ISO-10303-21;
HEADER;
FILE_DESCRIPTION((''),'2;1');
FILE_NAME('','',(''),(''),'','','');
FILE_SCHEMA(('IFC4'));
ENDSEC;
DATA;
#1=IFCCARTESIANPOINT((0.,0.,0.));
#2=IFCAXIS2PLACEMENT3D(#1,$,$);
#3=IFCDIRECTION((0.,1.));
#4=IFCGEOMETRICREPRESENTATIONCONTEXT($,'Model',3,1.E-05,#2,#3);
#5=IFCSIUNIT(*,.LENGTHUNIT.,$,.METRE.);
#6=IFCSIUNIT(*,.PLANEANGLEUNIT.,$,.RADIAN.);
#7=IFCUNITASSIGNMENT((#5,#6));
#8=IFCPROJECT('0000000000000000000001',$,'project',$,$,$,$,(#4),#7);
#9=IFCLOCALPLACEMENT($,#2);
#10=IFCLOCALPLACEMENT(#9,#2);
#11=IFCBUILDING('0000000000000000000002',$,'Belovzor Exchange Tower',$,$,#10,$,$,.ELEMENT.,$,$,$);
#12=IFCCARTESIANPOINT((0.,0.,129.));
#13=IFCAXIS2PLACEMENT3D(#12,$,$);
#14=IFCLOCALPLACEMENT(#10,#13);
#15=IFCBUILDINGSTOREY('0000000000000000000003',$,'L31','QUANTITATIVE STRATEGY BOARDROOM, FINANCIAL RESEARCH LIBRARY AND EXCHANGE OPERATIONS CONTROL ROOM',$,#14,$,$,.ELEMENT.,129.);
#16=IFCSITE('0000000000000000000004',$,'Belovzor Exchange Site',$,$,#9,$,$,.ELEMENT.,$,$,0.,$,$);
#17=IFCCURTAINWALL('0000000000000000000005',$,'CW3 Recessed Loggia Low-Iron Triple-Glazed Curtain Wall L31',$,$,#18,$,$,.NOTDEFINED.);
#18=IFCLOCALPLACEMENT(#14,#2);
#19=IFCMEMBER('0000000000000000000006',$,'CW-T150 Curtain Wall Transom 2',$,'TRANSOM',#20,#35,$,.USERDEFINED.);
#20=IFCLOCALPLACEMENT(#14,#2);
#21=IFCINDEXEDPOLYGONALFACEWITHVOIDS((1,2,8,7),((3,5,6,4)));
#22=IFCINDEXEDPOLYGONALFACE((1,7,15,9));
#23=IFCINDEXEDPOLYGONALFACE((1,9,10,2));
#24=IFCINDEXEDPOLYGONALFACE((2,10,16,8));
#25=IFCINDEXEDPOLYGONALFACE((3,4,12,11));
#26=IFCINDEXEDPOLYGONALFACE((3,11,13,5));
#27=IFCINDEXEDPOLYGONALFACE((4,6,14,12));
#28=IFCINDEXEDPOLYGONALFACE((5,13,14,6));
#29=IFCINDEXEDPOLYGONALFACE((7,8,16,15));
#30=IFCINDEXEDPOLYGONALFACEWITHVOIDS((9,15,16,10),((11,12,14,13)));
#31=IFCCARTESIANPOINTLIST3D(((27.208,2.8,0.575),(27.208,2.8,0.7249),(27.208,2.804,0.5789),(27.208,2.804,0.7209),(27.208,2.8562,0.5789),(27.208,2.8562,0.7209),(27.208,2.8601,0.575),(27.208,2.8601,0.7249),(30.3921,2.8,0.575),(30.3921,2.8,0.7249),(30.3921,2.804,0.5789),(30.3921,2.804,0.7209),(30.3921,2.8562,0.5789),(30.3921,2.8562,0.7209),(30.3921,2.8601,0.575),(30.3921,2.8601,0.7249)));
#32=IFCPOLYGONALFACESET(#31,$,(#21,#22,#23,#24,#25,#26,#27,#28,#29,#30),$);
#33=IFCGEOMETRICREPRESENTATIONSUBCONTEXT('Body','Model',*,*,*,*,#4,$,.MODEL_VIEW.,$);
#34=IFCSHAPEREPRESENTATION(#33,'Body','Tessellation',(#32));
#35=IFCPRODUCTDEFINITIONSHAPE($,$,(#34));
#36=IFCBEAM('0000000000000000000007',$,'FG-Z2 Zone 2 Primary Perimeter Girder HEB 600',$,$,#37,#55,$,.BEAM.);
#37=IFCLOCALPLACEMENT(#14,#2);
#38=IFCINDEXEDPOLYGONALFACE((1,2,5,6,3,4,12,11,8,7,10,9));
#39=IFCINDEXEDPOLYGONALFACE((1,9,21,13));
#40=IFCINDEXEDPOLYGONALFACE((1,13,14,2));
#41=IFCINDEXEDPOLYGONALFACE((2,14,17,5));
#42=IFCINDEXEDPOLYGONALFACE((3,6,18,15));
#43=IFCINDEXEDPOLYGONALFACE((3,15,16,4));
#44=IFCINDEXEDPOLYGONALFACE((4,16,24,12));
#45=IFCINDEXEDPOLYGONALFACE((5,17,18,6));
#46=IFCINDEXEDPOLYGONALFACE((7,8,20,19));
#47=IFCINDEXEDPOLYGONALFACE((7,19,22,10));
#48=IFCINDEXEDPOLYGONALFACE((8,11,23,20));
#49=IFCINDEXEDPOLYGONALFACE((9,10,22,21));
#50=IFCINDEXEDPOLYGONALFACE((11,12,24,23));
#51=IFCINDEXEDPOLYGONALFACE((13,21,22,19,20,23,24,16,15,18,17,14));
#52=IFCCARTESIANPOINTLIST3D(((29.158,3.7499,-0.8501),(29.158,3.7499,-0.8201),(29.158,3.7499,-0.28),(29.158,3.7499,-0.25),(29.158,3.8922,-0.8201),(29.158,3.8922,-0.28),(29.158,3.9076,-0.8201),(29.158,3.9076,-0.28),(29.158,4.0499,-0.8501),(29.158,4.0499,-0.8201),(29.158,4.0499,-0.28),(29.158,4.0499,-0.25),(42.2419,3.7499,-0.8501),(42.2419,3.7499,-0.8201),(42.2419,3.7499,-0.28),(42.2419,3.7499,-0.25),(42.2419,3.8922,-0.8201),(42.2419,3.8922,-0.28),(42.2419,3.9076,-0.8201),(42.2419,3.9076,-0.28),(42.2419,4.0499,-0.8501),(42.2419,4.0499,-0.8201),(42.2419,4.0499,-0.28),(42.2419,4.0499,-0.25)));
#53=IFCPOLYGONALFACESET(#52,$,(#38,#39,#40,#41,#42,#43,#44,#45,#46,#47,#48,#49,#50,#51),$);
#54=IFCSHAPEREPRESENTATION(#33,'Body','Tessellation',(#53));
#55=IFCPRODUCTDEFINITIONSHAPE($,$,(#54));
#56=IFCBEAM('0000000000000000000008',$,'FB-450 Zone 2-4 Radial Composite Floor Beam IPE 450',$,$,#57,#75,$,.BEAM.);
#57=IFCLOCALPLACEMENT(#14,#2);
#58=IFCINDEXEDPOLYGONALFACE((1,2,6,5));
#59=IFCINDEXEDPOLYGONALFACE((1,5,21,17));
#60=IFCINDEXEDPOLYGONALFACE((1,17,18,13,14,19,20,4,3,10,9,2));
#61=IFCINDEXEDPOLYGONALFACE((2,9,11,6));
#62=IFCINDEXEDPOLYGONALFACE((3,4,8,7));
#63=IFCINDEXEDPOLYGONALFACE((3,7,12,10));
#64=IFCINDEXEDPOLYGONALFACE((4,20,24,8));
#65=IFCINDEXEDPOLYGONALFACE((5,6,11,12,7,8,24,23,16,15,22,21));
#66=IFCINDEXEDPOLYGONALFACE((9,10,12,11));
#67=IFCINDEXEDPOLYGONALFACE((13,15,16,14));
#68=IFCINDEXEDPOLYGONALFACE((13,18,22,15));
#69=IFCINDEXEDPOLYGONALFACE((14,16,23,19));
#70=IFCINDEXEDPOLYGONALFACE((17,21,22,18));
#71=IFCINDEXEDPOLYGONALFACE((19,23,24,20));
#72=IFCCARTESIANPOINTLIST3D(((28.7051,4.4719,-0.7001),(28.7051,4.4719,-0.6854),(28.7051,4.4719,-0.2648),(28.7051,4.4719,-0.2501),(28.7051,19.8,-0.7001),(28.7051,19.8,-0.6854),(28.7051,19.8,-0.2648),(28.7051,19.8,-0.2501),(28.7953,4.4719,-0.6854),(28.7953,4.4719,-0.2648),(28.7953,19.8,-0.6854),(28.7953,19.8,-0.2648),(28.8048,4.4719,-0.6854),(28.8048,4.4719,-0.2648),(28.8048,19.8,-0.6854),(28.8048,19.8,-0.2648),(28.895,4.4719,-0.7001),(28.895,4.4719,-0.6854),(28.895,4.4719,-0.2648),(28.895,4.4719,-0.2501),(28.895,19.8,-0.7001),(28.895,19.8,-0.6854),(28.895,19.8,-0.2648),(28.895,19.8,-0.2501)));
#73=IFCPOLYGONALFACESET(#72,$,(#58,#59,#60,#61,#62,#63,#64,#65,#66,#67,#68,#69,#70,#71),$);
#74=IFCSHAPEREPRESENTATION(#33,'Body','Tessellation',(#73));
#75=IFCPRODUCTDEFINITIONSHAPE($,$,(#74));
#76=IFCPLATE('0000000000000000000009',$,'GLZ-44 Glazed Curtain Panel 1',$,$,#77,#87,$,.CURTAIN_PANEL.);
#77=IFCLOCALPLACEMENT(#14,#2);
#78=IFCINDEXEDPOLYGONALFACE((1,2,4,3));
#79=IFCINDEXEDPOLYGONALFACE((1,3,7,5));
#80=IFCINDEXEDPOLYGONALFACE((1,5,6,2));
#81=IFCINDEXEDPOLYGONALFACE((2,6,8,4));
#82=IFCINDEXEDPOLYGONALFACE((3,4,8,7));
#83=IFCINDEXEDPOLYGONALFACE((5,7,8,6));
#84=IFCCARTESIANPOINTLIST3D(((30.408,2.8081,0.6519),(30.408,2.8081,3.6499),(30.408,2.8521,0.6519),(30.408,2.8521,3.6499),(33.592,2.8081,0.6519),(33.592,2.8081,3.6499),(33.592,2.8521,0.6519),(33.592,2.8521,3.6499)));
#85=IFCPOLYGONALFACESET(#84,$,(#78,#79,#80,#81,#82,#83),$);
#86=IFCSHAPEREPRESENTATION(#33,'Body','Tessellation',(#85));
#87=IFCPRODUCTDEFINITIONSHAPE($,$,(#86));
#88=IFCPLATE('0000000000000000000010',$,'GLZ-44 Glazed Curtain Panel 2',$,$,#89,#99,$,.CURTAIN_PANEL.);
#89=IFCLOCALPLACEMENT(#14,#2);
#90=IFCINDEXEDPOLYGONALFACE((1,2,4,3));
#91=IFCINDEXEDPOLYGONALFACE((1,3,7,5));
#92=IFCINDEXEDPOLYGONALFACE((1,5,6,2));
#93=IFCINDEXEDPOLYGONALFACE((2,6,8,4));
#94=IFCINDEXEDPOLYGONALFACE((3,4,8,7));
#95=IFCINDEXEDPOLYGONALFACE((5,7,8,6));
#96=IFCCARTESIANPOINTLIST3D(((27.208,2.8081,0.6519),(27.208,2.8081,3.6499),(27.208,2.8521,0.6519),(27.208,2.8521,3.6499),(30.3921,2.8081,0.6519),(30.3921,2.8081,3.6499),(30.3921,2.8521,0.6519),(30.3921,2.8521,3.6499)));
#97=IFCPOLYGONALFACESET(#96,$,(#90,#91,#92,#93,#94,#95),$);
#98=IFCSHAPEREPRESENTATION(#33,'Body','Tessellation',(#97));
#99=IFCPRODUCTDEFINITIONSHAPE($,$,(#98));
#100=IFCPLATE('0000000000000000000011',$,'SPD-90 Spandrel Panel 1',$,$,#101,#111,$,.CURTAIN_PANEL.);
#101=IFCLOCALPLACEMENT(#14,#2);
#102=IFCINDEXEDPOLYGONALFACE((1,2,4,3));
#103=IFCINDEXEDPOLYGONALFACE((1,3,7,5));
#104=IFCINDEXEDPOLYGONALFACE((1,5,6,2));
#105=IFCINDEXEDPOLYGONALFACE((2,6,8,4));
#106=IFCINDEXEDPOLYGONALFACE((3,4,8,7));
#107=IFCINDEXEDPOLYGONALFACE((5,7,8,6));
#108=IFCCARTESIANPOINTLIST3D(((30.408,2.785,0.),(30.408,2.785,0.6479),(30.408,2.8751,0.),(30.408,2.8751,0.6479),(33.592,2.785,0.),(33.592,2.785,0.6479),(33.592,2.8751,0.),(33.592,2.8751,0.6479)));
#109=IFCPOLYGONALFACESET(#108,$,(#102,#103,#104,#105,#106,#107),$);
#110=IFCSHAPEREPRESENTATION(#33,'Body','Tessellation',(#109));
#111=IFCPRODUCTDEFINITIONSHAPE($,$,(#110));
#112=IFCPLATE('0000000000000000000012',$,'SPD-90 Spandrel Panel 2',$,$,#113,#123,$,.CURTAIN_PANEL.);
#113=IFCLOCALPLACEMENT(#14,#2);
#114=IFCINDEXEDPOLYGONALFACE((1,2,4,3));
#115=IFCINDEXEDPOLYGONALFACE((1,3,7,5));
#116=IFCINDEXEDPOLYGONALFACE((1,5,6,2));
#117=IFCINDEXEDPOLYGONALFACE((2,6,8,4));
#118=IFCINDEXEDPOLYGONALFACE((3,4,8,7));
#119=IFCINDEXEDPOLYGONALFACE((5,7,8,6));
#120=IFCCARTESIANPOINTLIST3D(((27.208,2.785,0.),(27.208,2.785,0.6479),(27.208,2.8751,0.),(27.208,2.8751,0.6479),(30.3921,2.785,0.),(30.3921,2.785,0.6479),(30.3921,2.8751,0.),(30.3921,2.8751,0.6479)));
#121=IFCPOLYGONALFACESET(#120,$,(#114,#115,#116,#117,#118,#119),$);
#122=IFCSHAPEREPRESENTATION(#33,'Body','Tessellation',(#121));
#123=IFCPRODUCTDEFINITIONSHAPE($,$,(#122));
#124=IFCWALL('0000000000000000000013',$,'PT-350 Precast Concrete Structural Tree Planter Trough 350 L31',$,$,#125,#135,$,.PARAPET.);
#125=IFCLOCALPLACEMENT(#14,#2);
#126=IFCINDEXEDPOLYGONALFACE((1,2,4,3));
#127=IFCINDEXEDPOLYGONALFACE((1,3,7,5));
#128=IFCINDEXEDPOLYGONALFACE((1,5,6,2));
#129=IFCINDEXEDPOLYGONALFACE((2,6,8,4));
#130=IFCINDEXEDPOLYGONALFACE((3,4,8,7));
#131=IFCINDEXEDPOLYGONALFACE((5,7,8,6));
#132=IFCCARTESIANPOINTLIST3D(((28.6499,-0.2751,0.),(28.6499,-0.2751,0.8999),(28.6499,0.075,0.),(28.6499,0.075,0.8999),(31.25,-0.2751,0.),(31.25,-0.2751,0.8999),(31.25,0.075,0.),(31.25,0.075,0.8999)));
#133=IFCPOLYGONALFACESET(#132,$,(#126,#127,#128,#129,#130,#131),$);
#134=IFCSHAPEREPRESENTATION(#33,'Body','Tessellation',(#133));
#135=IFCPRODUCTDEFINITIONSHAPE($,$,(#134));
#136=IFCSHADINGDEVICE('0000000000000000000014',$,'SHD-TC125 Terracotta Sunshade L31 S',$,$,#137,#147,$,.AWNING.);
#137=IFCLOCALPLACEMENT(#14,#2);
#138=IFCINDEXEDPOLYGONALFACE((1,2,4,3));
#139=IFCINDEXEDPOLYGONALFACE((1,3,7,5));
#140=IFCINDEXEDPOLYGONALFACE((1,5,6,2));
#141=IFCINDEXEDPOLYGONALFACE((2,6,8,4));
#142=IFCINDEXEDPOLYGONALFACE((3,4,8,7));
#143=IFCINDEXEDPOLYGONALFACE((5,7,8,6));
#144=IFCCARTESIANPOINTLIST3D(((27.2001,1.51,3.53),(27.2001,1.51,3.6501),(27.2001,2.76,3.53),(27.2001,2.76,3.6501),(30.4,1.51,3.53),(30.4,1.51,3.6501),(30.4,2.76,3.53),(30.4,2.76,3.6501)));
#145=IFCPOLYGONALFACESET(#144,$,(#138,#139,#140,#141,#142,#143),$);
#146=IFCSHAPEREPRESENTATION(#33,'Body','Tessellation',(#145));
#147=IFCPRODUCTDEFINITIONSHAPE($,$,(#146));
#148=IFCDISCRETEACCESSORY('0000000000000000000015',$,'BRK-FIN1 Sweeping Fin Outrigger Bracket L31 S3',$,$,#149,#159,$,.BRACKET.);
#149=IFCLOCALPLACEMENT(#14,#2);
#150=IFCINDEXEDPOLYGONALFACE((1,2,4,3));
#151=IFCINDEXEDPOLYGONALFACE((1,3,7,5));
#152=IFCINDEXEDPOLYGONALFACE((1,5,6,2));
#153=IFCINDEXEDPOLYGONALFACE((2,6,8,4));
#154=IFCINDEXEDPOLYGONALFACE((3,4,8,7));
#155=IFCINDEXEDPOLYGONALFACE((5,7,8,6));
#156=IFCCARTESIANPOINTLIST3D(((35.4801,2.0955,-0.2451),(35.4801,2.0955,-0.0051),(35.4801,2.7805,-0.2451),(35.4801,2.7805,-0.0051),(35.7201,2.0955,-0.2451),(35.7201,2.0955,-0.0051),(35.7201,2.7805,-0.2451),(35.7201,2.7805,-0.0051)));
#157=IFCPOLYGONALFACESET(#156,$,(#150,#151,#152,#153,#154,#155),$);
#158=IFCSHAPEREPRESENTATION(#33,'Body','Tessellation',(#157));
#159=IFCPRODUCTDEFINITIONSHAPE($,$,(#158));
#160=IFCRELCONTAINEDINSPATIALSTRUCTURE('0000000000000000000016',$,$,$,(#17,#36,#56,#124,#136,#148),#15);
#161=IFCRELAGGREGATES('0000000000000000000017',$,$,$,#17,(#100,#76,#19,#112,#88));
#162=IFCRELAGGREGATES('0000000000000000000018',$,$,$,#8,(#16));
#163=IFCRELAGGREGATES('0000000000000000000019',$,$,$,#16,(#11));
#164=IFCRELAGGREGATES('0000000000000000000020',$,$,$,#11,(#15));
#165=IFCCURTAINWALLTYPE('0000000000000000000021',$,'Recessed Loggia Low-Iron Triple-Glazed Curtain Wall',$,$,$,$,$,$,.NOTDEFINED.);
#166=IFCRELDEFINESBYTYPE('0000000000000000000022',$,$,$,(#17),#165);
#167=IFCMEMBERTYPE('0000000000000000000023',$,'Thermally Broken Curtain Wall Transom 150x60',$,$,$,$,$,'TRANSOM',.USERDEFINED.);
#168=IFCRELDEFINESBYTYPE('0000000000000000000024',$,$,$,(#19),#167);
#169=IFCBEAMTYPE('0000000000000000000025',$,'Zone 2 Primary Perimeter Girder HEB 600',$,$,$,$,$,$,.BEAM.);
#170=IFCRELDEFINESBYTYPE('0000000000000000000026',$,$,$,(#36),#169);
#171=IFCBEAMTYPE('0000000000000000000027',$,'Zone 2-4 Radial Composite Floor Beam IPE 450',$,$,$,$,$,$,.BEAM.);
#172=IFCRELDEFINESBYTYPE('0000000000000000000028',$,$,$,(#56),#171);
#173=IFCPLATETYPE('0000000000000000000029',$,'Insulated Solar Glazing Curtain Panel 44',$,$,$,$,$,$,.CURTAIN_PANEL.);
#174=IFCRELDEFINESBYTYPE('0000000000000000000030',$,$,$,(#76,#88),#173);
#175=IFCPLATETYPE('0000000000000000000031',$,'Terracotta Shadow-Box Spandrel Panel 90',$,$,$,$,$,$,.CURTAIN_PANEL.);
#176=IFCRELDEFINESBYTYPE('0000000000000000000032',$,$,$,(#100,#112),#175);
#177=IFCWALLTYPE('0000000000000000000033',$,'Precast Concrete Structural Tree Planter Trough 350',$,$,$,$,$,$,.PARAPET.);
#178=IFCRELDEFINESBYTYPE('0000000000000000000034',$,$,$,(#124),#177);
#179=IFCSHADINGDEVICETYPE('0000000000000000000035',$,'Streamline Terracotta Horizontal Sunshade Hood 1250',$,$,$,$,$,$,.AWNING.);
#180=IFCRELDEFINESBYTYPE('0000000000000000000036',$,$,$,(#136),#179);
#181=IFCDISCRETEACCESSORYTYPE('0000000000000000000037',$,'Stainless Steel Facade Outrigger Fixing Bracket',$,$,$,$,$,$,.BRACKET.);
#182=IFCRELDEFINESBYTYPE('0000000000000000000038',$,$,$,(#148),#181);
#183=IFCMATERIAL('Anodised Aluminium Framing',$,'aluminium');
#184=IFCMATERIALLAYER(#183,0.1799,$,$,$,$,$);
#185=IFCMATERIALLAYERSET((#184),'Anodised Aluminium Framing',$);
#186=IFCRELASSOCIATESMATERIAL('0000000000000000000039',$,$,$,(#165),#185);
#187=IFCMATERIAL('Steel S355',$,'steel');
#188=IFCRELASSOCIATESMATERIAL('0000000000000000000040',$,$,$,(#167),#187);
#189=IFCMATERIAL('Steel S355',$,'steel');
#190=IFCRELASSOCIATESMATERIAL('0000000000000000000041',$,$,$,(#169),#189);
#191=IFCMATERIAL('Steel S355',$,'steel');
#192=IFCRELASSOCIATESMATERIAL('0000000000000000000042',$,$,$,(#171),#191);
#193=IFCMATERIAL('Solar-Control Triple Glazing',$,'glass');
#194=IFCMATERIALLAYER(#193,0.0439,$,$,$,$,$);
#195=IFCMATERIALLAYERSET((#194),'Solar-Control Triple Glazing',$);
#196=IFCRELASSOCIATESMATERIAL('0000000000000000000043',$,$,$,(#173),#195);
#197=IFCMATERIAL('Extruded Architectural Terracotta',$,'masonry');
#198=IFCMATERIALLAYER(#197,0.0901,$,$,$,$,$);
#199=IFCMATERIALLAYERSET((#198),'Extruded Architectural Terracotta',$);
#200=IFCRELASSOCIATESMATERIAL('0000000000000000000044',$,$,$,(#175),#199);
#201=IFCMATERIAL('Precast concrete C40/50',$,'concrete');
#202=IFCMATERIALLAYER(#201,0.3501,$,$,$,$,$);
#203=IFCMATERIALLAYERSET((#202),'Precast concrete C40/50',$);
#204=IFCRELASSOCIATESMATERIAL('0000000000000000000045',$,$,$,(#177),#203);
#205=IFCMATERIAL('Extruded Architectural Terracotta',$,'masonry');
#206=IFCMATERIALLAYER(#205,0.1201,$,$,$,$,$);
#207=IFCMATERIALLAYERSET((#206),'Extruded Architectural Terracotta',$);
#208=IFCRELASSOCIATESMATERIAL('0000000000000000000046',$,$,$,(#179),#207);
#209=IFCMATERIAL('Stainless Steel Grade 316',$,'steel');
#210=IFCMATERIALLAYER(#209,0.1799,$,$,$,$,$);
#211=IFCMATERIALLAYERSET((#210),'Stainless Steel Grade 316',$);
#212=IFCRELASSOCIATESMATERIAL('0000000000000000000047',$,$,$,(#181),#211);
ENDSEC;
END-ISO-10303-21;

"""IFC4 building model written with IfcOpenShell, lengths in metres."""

from ifc_helpers import new_model, si_unit, direction, frame, frame_2d, origin, origin_2d, place, context, subcontext, project, spatial, rectangle, hollow_rectangle, i_section, extrude, material, layer, layer_set, material_profile, profile_set, type_object, element, aggregate, save


model = new_model("IFC4")

# Units and contexts
model_context = context("Model", 3, precision=1e-05, world=origin(), true_north=direction((0.0, 1.0)))
body_context = subcontext(model_context, "Body", "Model", "MODEL_VIEW")
ifc_project = project(units=[si_unit("LENGTHUNIT", "METRE"), si_unit("PLANEANGLEUNIT", "RADIAN")], contexts=[model_context])

# Site, building, storey
site_placement = place(None, origin())
site = spatial("IfcSite", under=ifc_project, at=site_placement, Name="Belovzor Exchange Site", CompositionType="ELEMENT", RefElevation=0.0)
building_placement = place(site_placement, origin())
building = spatial("IfcBuilding", under=site, at=building_placement, Name="Belovzor Exchange Tower", CompositionType="ELEMENT")
storey_placement = place(building_placement, frame((0.0, 0.0, 129.0)))
storey = spatial("IfcBuildingStorey", under=building, at=storey_placement, Name="L31", Description="QUANTITATIVE STRATEGY BOARDROOM, FINANCIAL RESEARCH LIBRARY AND EXCHANGE OPERATIONS CONTROL ROOM", CompositionType="ELEMENT", Elevation=129.0)

# Curtain wall, member
ifc_material_1 = material(Name="Anodised Aluminium Framing", Category="aluminium")
ifc_layer_1 = layer(ifc_material_1, 0.1799)
ifc_layer_set_1 = layer_set([ifc_layer_1], Name="Anodised Aluminium Framing")
curtain_wall_type = type_object("IfcCurtainWallType", Name="Recessed Loggia Low-Iron Triple-Glazed Curtain Wall", PredefinedType="NOTDEFINED", material=ifc_layer_set_1)
curtain_wall_placement = place(storey_placement, origin())
curtain_wall = element("IfcCurtainWall", 1, at=curtain_wall_placement, inside=storey, type_object=curtain_wall_type, Name="CW3 Recessed Loggia Low-Iron Triple-Glazed Curtain Wall L31", PredefinedType="NOTDEFINED")
ifc_material_2 = material(Name="Steel S355", Category="steel")
ifc_material_profile_1 = material_profile(ifc_material_2, hollow_rectangle(XDim=0.0601, YDim=0.1499, WallThickness=0.0039, at=origin_2d()))
ifc_profile_set_1 = profile_set([ifc_material_profile_1], Name="Steel S355")
member_type_1 = type_object("IfcMemberType", Name="Thermally Broken Curtain Wall Transom 150x60", ElementType="TRANSOM", PredefinedType="USERDEFINED", material=ifc_profile_set_1)
member_1_placement = place(storey_placement, frame((30.3921, 2.8301, 0.6499), z_axis=(-1.0, 0.0, 0.0), x_axis=(0.0, -1.0, 0.0)))
member_1 = element("IfcMember", 2, at=member_1_placement, type_object=member_type_1, Name="CW-T150 Curtain Wall Transom 2", ObjectType="TRANSOM", PredefinedType="USERDEFINED", context=body_context, shape_type="SweptSolid", body=[
    extrude(hollow_rectangle(XDim=0.0601, YDim=0.1499, WallThickness=0.0039, at=origin_2d()), origin(), (0.0, 0.0, 1.0), 3.1841),
])

# Beams
ifc_material_3 = material(Name="Steel S355", Category="steel")
ifc_material_profile_2 = material_profile(ifc_material_3, i_section(OverallWidth=0.3, OverallDepth=0.6001, WebThickness=0.0154, FlangeThickness=0.03, at=origin_2d()))
ifc_profile_set_2 = profile_set([ifc_material_profile_2], Name="Steel S355")
beam_type_1 = type_object("IfcBeamType", Name="Zone 2 Primary Perimeter Girder HEB 600", PredefinedType="BEAM", material=ifc_profile_set_2)
beam_1_placement = place(storey_placement, frame((29.158, 3.8999, -0.55), z_axis=(1.0, 0.0, 0.0), x_axis=(0.0, 1.0, 0.0)))
element("IfcBeam", 3, at=beam_1_placement, inside=storey, type_object=beam_type_1, Name="FG-Z2 Zone 2 Primary Perimeter Girder HEB 600", PredefinedType="BEAM", context=body_context, shape_type="SweptSolid", body=[
    extrude(i_section(OverallWidth=0.3, OverallDepth=0.6001, WebThickness=0.0154, FlangeThickness=0.03, at=origin_2d()), origin(), (0.0, 0.0, 1.0), 13.084),
])
ifc_material_4 = material(Name="Steel S355", Category="steel")
ifc_material_profile_3 = material_profile(ifc_material_4, i_section(OverallWidth=0.1899, OverallDepth=0.45, WebThickness=0.0095, FlangeThickness=0.0146, at=origin_2d()))
ifc_profile_set_3 = profile_set([ifc_material_profile_3], Name="Steel S355")
beam_type_2 = type_object("IfcBeamType", Name="Zone 2-4 Radial Composite Floor Beam IPE 450", PredefinedType="BEAM", material=ifc_profile_set_3)
beam_2_placement = place(storey_placement, frame((28.8, 19.8, -0.4751), z_axis=(0.0, -1.0, 0.0), x_axis=(1.0, 0.0, 0.0)))
element("IfcBeam", 4, at=beam_2_placement, inside=storey, type_object=beam_type_2, Name="FB-450 Zone 2-4 Radial Composite Floor Beam IPE 450", PredefinedType="BEAM", context=body_context, shape_type="SweptSolid", body=[
    extrude(i_section(OverallWidth=0.1899, OverallDepth=0.45, WebThickness=0.0095, FlangeThickness=0.0146, at=origin_2d()), origin(), (0.0, 0.0, 1.0), 15.3281),
])

# Plates
ifc_material_5 = material(Name="Solar-Control Triple Glazing", Category="glass")
ifc_layer_2 = layer(ifc_material_5, 0.0439)
ifc_layer_set_2 = layer_set([ifc_layer_2], Name="Solar-Control Triple Glazing")
plate_type_1 = type_object("IfcPlateType", Name="Insulated Solar Glazing Curtain Panel 44", PredefinedType="CURTAIN_PANEL", material=ifc_layer_set_2)
plate_1_placement = place(storey_placement, frame((32.0, 2.8301, 0.6519), z_axis=(0.0, 0.0, 1.0), x_axis=(-1.0, 0.0, 0.0)))
plate_1 = element("IfcPlate", 5, at=plate_1_placement, type_object=plate_type_1, Name="GLZ-44 Glazed Curtain Panel 1", PredefinedType="CURTAIN_PANEL", context=body_context, shape_type="SweptSolid", body=[
    extrude(rectangle(XDim=3.1841, YDim=0.0439, at=origin_2d()), origin(), (0.0, 0.0, 1.0), 2.998),
])
plate_2_placement = place(storey_placement, frame((28.8, 2.8301, 0.6519), z_axis=(0.0, 0.0, 1.0), x_axis=(-1.0, 0.0, 0.0)))
plate_2 = element("IfcPlate", 6, at=plate_2_placement, type_object=plate_type_1, Name="GLZ-44 Glazed Curtain Panel 2", PredefinedType="CURTAIN_PANEL", context=body_context, shape_type="SweptSolid", body=[
    extrude(rectangle(XDim=3.1841, YDim=0.0439, at=origin_2d()), origin(), (0.0, 0.0, 1.0), 2.998),
])
ifc_material_6 = material(Name="Extruded Architectural Terracotta", Category="masonry")
ifc_layer_3 = layer(ifc_material_6, 0.0901)
ifc_layer_set_3 = layer_set([ifc_layer_3], Name="Extruded Architectural Terracotta")
plate_type_2 = type_object("IfcPlateType", Name="Terracotta Shadow-Box Spandrel Panel 90", PredefinedType="CURTAIN_PANEL", material=ifc_layer_set_3)
plate_3_placement = place(storey_placement, frame((32.0, 2.8301, 0.0), z_axis=(0.0, 0.0, 1.0), x_axis=(-1.0, 0.0, 0.0)))
plate_3 = element("IfcPlate", 7, at=plate_3_placement, type_object=plate_type_2, Name="SPD-90 Spandrel Panel 1", PredefinedType="CURTAIN_PANEL", context=body_context, shape_type="SweptSolid", body=[
    extrude(rectangle(XDim=3.1841, YDim=0.0901, at=origin_2d()), origin(), (0.0, 0.0, 1.0), 0.6479),
])
plate_4_placement = place(storey_placement, frame((28.8, 2.8301, 0.0), z_axis=(0.0, 0.0, 1.0), x_axis=(-1.0, 0.0, 0.0)))
plate_4 = element("IfcPlate", 8, at=plate_4_placement, type_object=plate_type_2, Name="SPD-90 Spandrel Panel 2", PredefinedType="CURTAIN_PANEL", context=body_context, shape_type="SweptSolid", body=[
    extrude(rectangle(XDim=3.1841, YDim=0.0901, at=origin_2d()), origin(), (0.0, 0.0, 1.0), 0.6479),
])
aggregate(curtain_wall, [plate_3, plate_1, member_1, plate_4, plate_2])

# Wall
ifc_material_7 = material(Name="Precast concrete C40/50", Category="concrete")
ifc_layer_4 = layer(ifc_material_7, 0.3501)
ifc_layer_set_4 = layer_set([ifc_layer_4], Name="Precast concrete C40/50")
wall_type = type_object("IfcWallType", Name="Precast Concrete Structural Tree Planter Trough 350", PredefinedType="PARAPET", material=ifc_layer_set_4)
wall_placement = place(storey_placement, frame((28.6499, -0.1001, 0.0), z_axis=(0.0, 0.0, 1.0), x_axis=(1.0, 0.0, 0.0)))
element("IfcWall", 9, at=wall_placement, inside=storey, type_object=wall_type, Name="PT-350 Precast Concrete Structural Tree Planter Trough 350 L31", PredefinedType="PARAPET", context=body_context, shape_type="SweptSolid", body=[
    extrude(rectangle(XDim=2.6001, YDim=0.3501, at=frame_2d((1.3, 0.0))), origin(), (0.0, 0.0, 1.0), 0.8999),
])

# Shading device
ifc_material_8 = material(Name="Extruded Architectural Terracotta", Category="masonry")
ifc_layer_5 = layer(ifc_material_8, 0.1201)
ifc_layer_set_5 = layer_set([ifc_layer_5], Name="Extruded Architectural Terracotta")
shading_device_type = type_object("IfcShadingDeviceType", Name="Streamline Terracotta Horizontal Sunshade Hood 1250", PredefinedType="AWNING", material=ifc_layer_set_5)
shading_device_placement = place(storey_placement, frame((28.8, 2.135, 3.53), z_axis=(0.0, 0.0, 1.0), x_axis=(1.0, 0.0, 0.0)))
element("IfcShadingDevice", 10, at=shading_device_placement, inside=storey, type_object=shading_device_type, Name="SHD-TC125 Terracotta Sunshade L31 S", PredefinedType="AWNING", context=body_context, shape_type="SweptSolid", body=[
    extrude(rectangle(XDim=3.2, YDim=1.25, at=origin_2d()), origin(), (0.0, 0.0, 1.0), 0.1201),
])

# Discrete accessory
ifc_material_9 = material(Name="Stainless Steel Grade 316", Category="steel")
ifc_layer_6 = layer(ifc_material_9, 0.1799)
ifc_layer_set_6 = layer_set([ifc_layer_6], Name="Stainless Steel Grade 316")
discrete_accessory_type = type_object("IfcDiscreteAccessoryType", Name="Stainless Steel Facade Outrigger Fixing Bracket", PredefinedType="BRACKET", material=ifc_layer_set_6)
discrete_accessory_placement = place(storey_placement, frame((35.6001, 2.438, -0.2451), z_axis=(0.0, 0.0, 1.0), x_axis=(0.0, 1.0, 0.0)))
element("IfcDiscreteAccessory", 11, at=discrete_accessory_placement, inside=storey, type_object=discrete_accessory_type, Name="BRK-FIN1 Sweeping Fin Outrigger Bracket L31 S3", PredefinedType="BRACKET", context=body_context, shape_type="SweptSolid", body=[
    extrude(rectangle(XDim=0.6851, YDim=0.24, at=origin_2d()), origin(), (0.0, 0.0, 1.0), 0.24),
])

save(model, "model.ifc")
